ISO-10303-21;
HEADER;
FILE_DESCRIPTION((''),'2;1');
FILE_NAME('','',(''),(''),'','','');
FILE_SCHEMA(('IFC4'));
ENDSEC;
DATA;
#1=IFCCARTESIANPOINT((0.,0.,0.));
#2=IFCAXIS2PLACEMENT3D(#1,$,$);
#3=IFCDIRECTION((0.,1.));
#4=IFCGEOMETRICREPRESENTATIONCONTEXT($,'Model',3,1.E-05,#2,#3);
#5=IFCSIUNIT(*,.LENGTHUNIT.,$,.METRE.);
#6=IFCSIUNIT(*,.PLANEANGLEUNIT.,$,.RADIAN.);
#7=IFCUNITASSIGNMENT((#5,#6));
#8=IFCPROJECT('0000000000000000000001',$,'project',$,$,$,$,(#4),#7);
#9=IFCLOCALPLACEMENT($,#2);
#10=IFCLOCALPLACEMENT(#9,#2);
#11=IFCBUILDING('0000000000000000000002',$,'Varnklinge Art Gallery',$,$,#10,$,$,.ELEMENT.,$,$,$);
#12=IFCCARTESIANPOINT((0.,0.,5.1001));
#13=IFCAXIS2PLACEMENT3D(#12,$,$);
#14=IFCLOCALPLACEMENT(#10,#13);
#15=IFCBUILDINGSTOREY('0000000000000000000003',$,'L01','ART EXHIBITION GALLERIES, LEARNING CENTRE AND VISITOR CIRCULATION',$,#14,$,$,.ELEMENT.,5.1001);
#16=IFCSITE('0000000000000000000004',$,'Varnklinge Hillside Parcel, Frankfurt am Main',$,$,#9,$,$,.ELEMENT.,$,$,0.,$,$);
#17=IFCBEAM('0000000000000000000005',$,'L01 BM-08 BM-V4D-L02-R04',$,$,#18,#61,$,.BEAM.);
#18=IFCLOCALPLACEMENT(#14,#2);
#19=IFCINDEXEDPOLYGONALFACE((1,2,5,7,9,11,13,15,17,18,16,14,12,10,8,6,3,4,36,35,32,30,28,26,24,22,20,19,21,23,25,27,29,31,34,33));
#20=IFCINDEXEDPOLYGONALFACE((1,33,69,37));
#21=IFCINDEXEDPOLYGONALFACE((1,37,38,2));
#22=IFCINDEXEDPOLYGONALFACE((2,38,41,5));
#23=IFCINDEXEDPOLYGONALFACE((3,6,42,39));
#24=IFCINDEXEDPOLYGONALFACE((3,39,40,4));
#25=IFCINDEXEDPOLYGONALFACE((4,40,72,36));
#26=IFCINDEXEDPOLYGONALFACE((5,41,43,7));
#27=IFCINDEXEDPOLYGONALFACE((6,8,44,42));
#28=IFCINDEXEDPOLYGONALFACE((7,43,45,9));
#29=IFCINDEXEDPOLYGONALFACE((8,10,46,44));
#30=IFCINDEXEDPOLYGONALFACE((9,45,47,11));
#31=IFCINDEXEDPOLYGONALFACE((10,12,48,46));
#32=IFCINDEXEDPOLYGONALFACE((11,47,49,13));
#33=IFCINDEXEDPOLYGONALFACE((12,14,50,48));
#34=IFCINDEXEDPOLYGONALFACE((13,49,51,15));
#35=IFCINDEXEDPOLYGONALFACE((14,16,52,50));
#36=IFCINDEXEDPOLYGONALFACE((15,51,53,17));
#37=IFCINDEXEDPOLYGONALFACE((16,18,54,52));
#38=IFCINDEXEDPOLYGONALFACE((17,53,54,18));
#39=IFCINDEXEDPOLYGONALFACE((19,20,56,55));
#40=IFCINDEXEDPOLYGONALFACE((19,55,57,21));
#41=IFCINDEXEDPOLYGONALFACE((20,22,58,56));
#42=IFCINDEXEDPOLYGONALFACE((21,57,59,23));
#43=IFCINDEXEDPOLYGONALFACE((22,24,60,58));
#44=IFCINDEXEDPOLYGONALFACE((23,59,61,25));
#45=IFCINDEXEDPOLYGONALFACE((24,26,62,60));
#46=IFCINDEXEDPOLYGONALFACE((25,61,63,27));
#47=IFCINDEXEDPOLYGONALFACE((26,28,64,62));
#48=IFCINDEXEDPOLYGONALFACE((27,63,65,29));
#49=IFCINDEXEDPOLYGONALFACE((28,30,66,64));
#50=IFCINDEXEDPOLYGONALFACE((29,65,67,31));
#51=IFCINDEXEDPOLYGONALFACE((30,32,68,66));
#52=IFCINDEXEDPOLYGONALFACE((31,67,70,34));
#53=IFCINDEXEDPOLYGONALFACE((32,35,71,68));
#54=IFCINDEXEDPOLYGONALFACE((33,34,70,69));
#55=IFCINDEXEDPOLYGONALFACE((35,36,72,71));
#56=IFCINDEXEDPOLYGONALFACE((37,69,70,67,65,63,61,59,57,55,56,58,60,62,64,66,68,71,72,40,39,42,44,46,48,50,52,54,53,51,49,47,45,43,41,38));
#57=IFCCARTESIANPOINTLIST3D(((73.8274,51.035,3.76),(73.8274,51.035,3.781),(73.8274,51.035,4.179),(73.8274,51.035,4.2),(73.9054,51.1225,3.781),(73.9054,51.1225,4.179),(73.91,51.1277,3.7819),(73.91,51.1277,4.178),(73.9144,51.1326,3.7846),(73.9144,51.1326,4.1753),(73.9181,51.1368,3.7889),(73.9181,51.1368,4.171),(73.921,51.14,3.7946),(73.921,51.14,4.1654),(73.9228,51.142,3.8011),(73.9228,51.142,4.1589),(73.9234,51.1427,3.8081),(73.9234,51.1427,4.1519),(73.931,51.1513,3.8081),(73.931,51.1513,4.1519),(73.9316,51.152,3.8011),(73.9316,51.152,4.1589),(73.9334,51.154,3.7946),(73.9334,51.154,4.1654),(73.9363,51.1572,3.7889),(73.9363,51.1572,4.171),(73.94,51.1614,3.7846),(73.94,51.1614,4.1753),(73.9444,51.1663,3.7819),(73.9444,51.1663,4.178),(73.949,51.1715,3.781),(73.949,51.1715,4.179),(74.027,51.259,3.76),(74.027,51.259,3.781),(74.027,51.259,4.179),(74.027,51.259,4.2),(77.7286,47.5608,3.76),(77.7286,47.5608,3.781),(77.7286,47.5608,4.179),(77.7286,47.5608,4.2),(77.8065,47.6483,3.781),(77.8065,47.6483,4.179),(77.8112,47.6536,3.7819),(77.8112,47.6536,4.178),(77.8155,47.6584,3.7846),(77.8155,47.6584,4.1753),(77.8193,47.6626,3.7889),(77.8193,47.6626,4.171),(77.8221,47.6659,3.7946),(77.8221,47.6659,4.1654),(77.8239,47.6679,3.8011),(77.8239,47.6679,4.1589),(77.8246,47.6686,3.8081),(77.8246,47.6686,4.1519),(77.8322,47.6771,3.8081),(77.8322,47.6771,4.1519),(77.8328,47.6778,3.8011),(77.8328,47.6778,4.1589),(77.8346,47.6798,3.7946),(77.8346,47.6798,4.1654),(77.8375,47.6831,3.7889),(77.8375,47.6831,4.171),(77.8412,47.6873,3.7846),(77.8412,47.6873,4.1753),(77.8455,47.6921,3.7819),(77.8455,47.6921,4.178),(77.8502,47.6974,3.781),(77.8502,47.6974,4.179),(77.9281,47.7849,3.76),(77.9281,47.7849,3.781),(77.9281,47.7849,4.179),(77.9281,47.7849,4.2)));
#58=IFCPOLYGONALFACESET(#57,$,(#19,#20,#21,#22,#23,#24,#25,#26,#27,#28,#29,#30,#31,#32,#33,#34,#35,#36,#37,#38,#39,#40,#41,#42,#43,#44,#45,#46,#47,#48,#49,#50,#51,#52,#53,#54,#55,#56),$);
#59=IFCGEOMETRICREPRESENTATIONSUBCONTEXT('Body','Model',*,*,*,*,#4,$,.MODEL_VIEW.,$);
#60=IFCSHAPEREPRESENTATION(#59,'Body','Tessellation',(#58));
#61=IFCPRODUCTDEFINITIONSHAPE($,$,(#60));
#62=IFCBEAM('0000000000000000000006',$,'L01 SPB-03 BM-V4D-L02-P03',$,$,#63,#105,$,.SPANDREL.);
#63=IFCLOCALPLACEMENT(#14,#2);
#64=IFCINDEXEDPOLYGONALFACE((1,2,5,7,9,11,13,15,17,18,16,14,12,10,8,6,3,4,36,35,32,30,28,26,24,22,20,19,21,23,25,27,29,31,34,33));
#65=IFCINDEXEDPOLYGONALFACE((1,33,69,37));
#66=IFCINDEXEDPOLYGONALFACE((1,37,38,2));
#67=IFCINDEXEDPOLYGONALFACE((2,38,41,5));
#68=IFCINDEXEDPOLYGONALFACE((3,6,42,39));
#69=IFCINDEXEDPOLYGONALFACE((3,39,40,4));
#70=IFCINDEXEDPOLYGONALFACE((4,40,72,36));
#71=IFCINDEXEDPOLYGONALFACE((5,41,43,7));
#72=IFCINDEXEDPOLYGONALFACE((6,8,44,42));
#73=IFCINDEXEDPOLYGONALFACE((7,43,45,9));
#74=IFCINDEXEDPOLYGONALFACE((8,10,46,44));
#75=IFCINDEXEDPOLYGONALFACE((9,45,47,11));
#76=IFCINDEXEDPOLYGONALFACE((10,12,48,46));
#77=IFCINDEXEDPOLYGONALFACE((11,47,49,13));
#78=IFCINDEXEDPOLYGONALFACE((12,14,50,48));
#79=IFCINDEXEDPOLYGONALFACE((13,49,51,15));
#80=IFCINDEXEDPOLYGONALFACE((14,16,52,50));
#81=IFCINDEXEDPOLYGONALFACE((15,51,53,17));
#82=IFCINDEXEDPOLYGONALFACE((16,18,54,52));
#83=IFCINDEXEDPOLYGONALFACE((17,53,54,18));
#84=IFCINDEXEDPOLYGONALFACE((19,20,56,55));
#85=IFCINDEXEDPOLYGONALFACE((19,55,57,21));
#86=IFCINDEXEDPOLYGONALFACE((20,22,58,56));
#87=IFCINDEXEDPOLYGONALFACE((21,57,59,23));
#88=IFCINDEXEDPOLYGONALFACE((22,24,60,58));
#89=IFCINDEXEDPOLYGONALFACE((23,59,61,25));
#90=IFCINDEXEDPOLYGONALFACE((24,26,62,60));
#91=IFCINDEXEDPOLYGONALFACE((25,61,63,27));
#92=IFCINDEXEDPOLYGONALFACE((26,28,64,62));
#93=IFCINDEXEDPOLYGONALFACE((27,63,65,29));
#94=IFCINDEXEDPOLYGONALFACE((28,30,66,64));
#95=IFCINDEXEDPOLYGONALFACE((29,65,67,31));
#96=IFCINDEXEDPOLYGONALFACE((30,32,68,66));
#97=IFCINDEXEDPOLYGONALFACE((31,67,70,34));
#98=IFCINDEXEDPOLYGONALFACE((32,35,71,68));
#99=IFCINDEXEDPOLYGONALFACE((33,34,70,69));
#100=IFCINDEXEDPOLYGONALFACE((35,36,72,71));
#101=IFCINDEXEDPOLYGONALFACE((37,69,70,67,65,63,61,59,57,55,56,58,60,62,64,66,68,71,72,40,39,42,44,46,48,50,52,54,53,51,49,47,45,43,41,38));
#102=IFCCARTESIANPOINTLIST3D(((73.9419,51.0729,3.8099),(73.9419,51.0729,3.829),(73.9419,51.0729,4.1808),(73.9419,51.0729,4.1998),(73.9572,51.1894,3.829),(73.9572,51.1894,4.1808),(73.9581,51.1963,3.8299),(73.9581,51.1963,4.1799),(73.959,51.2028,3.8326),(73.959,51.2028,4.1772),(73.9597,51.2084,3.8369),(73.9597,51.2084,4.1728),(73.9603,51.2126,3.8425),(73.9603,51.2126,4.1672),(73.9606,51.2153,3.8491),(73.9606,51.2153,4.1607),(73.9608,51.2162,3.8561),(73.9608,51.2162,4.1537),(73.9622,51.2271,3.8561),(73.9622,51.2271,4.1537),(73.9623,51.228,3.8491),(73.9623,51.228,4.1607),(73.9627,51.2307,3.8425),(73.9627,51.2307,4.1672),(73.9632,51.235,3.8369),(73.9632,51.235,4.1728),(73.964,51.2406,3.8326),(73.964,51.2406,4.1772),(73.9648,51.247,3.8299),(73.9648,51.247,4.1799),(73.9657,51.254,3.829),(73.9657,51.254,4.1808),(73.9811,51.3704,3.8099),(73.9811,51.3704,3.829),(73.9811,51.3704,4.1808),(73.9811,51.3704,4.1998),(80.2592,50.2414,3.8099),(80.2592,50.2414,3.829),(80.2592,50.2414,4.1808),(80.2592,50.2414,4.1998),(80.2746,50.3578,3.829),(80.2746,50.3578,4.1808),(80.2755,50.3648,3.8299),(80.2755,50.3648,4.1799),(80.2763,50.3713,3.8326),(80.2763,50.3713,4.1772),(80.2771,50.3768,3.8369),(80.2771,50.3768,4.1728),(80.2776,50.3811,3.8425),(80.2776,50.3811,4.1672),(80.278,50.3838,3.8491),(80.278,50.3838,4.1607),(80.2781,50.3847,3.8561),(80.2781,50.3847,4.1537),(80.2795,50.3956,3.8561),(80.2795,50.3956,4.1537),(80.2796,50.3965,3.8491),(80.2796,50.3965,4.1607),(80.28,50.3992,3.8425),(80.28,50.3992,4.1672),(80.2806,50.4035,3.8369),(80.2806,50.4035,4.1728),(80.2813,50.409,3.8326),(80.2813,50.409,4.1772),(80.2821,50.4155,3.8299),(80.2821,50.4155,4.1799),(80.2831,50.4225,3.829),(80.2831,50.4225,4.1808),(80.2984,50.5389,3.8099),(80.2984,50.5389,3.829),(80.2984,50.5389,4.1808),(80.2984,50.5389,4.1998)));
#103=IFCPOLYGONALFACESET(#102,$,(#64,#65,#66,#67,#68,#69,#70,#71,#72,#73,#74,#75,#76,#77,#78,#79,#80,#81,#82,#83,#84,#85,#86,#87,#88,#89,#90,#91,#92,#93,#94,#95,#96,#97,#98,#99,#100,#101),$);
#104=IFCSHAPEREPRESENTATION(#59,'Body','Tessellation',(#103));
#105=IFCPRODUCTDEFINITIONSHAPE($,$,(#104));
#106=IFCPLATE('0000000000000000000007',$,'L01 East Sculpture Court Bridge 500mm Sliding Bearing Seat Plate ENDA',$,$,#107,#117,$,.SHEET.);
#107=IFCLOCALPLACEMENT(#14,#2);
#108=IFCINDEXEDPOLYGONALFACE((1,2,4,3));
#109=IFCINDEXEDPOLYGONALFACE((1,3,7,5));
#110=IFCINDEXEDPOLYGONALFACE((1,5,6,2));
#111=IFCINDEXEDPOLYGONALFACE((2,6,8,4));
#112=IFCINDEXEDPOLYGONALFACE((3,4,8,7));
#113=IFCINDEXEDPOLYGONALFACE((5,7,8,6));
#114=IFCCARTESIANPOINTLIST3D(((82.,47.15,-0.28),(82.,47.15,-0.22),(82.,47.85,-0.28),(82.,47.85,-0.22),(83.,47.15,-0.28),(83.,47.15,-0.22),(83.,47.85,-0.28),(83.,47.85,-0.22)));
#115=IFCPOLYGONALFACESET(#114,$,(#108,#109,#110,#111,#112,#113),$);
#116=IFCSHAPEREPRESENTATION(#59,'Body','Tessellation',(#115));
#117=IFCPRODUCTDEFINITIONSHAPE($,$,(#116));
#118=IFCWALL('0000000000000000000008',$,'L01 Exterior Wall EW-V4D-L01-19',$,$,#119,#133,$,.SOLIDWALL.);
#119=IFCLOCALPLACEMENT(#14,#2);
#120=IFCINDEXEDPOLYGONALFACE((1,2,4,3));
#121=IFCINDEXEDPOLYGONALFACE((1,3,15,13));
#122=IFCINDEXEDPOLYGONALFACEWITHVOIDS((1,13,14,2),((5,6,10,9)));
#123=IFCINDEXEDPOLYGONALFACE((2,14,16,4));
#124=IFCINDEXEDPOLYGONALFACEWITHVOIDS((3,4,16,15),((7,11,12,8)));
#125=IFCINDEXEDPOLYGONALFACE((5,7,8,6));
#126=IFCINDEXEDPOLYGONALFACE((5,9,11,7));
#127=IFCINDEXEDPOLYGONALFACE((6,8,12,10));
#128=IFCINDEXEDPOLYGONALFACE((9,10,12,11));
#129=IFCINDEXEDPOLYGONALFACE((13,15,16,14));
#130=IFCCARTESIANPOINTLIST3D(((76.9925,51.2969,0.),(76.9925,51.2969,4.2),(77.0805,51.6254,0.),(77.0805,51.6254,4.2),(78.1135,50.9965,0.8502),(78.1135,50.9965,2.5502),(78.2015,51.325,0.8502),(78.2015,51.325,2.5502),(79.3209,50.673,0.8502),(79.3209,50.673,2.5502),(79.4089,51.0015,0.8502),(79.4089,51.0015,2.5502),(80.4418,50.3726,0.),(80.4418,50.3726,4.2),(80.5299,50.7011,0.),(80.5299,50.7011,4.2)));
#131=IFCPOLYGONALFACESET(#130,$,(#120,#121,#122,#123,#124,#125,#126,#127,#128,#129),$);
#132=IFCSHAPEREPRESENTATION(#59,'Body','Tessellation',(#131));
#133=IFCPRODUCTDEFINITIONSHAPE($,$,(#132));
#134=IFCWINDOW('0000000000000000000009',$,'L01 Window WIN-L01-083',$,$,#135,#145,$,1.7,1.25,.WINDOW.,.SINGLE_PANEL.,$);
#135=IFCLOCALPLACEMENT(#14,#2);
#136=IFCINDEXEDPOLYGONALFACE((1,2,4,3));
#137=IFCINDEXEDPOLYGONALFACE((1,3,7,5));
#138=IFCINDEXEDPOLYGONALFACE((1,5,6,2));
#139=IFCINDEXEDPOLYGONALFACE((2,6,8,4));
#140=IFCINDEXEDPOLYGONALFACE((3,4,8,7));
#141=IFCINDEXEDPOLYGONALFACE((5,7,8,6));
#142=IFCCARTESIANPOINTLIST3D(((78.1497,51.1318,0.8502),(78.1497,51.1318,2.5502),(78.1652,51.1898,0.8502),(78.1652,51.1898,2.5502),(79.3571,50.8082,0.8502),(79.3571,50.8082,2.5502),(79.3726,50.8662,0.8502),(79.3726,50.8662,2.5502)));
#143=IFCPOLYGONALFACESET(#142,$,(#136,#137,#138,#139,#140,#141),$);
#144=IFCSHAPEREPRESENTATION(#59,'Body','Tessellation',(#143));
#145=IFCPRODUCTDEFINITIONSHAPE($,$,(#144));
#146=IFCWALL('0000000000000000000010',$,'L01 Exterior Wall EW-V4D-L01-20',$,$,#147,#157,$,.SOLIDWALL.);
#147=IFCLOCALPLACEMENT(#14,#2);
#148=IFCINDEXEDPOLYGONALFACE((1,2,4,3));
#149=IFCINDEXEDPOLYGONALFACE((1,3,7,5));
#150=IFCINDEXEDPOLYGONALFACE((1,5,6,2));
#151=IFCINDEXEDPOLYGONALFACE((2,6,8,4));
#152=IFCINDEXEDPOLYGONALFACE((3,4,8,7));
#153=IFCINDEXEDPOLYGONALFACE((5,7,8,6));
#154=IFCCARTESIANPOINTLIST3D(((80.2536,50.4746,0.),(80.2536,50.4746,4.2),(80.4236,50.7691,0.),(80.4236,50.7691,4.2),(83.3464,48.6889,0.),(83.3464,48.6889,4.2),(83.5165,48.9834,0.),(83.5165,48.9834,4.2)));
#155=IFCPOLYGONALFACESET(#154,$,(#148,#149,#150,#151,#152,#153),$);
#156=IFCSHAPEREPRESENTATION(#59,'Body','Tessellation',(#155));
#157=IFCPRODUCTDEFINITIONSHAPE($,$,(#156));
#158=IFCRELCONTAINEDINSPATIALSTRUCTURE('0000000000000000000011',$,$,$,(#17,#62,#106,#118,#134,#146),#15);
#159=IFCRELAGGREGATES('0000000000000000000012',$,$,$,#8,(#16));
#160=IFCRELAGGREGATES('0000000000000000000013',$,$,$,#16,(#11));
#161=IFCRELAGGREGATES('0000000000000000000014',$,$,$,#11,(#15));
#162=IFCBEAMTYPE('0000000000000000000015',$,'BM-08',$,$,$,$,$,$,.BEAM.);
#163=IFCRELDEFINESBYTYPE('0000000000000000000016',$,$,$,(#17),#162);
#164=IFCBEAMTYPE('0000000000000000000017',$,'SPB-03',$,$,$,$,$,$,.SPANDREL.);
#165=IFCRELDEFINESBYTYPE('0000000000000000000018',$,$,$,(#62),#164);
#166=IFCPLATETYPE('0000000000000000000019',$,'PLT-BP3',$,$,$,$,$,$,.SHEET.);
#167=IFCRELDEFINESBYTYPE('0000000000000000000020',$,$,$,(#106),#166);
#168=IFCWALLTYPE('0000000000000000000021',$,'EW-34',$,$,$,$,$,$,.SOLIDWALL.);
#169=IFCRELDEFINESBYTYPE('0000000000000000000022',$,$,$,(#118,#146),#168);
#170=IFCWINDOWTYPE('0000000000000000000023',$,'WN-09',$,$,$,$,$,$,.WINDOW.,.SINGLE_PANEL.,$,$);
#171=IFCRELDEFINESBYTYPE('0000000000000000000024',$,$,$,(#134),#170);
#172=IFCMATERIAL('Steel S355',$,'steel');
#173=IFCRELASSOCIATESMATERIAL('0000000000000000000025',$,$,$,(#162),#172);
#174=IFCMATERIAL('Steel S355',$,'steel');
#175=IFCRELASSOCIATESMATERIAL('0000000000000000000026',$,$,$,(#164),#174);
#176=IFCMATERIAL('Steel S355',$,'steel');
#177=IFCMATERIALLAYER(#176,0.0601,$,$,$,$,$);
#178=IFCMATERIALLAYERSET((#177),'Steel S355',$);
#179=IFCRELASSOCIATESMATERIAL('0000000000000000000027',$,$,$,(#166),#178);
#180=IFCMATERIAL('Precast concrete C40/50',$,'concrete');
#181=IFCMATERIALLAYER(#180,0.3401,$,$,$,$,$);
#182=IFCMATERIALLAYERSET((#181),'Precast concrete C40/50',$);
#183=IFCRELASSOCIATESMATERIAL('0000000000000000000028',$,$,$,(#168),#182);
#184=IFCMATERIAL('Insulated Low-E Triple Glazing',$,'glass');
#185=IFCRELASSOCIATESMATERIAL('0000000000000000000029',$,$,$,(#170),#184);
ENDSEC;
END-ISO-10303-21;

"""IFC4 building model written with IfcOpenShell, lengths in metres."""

from ifc_helpers import new_model, si_unit, direction, frame, frame_2d, origin, origin_2d, place, context, subcontext, project, spatial, rectangle, i_section, extrude, material, layer, layer_set, material_profile, profile_set, type_object, element, fill, save


model = new_model("IFC4")

# Units and contexts
model_context = context("Model", 3, precision=1e-05, world=origin(), true_north=direction((0.0, 1.0)))
body_context = subcontext(model_context, "Body", "Model", "MODEL_VIEW")
ifc_project = project(units=[si_unit("LENGTHUNIT", "METRE"), si_unit("PLANEANGLEUNIT", "RADIAN")], contexts=[model_context])

# Site, building, storey
site_placement = place(None, origin())
site = spatial("IfcSite", under=ifc_project, at=site_placement, Name="Varnklinge Hillside Parcel, Frankfurt am Main", CompositionType="ELEMENT", RefElevation=0.0)
building_placement = place(site_placement, origin())
building = spatial("IfcBuilding", under=site, at=building_placement, Name="Varnklinge Art Gallery", CompositionType="ELEMENT")
storey_placement = place(building_placement, frame((0.0, 0.0, 5.1001)))
storey = spatial("IfcBuildingStorey", under=building, at=storey_placement, Name="L01", Description="ART EXHIBITION GALLERIES, LEARNING CENTRE AND VISITOR CIRCULATION", CompositionType="ELEMENT", Elevation=5.1001)

# Beams
ifc_material_1 = material(Name="Steel S355", Category="steel")
ifc_material_profile_1 = material_profile(ifc_material_1, i_section(OverallWidth=0.3, OverallDepth=0.4399, WebThickness=0.0115, FlangeThickness=0.021, FilletRadius=0.0271, at=origin_2d()), Name="HEA 450")
ifc_profile_set_1 = profile_set([ifc_material_profile_1], Name="Steel S355")
beam_type_1 = type_object("IfcBeamType", Name="BM-08", PredefinedType="BEAM", material=ifc_profile_set_1)
beam_1_placement = place(storey_placement, frame((77.8284, 47.6729, 3.98), z_axis=(-0.746795, 0.665054, 0.0), x_axis=(-0.665054, -0.746795, 0.0)))
element("IfcBeam", 1, at=beam_1_placement, inside=storey, type_object=beam_type_1, Name="L01 BM-08 BM-V4D-L02-R04", PredefinedType="BEAM", context=body_context, shape_type="SweptSolid", body=[
    extrude(i_section(OverallWidth=0.3, OverallDepth=0.4399, WebThickness=0.0115, FlangeThickness=0.021, FilletRadius=0.0271, at=origin_2d()), origin(), (0.0, 0.0, 1.0), 5.2239),
])
ifc_material_2 = material(Name="Steel S355", Category="steel")
ifc_material_profile_2 = material_profile(ifc_material_2, i_section(OverallWidth=0.3, OverallDepth=0.3899, WebThickness=0.011, FlangeThickness=0.019, FilletRadius=0.0271, at=origin_2d()), Name="HEA 400")
ifc_profile_set_2 = profile_set([ifc_material_profile_2], Name="Steel S355")
beam_type_2 = type_object("IfcBeamType", Name="SPB-03", PredefinedType="SPANDREL", material=ifc_profile_set_2)
beam_2_placement = place(storey_placement, frame((80.2788, 50.3901, 4.0049), z_axis=(-0.991448, 0.130502, 0.0), x_axis=(-0.130502, -0.991448, 0.0)))
element("IfcBeam", 2, at=beam_2_placement, inside=storey, type_object=beam_type_2, Name="L01 SPB-03 BM-V4D-L02-P03", PredefinedType="SPANDREL", context=body_context, shape_type="SweptSolid", body=[
    extrude(i_section(OverallWidth=0.3, OverallDepth=0.3899, WebThickness=0.011, FlangeThickness=0.019, FilletRadius=0.0271, at=origin_2d()), origin(), (0.0, 0.0, 1.0), 6.3718),
])

# Plate
ifc_material_3 = material(Name="Steel S355", Category="steel")
ifc_layer_1 = layer(ifc_material_3, 0.0601)
ifc_layer_set_1 = layer_set([ifc_layer_1], Name="Steel S355")
plate_type = type_object("IfcPlateType", Name="PLT-BP3", PredefinedType="SHEET", material=ifc_layer_set_1)
plate_placement = place(storey_placement, frame((82.5, 47.5, -0.28), z_axis=(0.0, 0.0, 1.0), x_axis=(1.0, 0.0, 0.0)))
element("IfcPlate", 3, at=plate_placement, inside=storey, type_object=plate_type, Name="L01 East Sculpture Court Bridge 500mm Sliding Bearing Seat Plate ENDA", PredefinedType="SHEET", context=body_context, shape_type="SweptSolid", body=[
    extrude(rectangle(XDim=1.0, YDim=0.7, at=origin_2d()), origin(), (0.0, 0.0, 1.0), 0.0601),
])

# Wall, opening, window
ifc_material_4 = material(Name="Precast concrete C40/50", Category="concrete")
ifc_layer_2 = layer(ifc_material_4, 0.3401)
ifc_layer_set_2 = layer_set([ifc_layer_2], Name="Precast concrete C40/50")
wall_type_1 = type_object("IfcWallType", Name="EW-34", PredefinedType="SOLIDWALL", material=ifc_layer_set_2)
wall_1_placement = place(storey_placement, frame((77.0364, 51.4612, 0.0), z_axis=(0.0, 0.0, 1.0), x_axis=(0.965923, -0.258828, 0.0)))
wall_1 = element("IfcWall", 4, at=wall_1_placement, inside=storey, type_object=wall_type_1, Name="L01 Exterior Wall EW-V4D-L01-19", PredefinedType="SOLIDWALL", context=body_context, shape_type="SweptSolid", body=[
    extrude(rectangle(XDim=3.571, YDim=0.3401, at=frame_2d((1.7856, 0.0))), origin(), (0.0, 0.0, 1.0), 4.2),
])
opening_1_placement = place(wall_1_placement, frame((1.1606, 0.0, 0.8501)))
opening_1 = element("IfcOpeningElement", 5, at=opening_1_placement, cuts=wall_1, PredefinedType="OPENING", context=body_context, shape_type="SweptSolid", body=[
    extrude(rectangle(XDim=1.25, YDim=1.7, at=frame_2d((0.625, 0.8501))), frame((0.0, 0.1799, 0.0), z_axis=(0.0, -1.0, 0.0), x_axis=(1.0, 0.0, 0.0)), (0.0, 0.0, 1.0), 0.3601),
])
ifc_material_5 = material(Name="Insulated Low-E Triple Glazing", Category="glass")
window_type = type_object("IfcWindowType", Name="WN-09", PartitioningType="SINGLE_PANEL", PredefinedType="WINDOW", material=ifc_material_5)
window_1_placement = place(opening_1_placement, origin())
window_1 = element("IfcWindow", 6, at=window_1_placement, inside=storey, type_object=window_type, Name="L01 Window WIN-L01-083", OverallHeight=1.7, OverallWidth=1.25, PartitioningType="SINGLE_PANEL", PredefinedType="WINDOW", context=body_context, shape_type="SweptSolid", body=[
    extrude(rectangle(XDim=1.25, YDim=1.7, at=frame_2d((0.625, 0.8501))), frame((0.0, 0.03, 0.0), z_axis=(0.0, -1.0, 0.0), x_axis=(1.0, 0.0, 0.0)), (0.0, 0.0, 1.0), 0.0601),
])
fill(opening_1, window_1)

# Wall
wall_2_placement = place(storey_placement, frame((80.3386, 50.6218, 0.0), z_axis=(0.0, 0.0, 1.0), x_axis=(0.866022, -0.500007, 0.0)))
element("IfcWall", 7, at=wall_2_placement, inside=storey, type_object=wall_type_1, Name="L01 Exterior Wall EW-V4D-L01-20", PredefinedType="SOLIDWALL", context=body_context, shape_type="SweptSolid", body=[
    extrude(rectangle(XDim=3.5713, YDim=0.3401, at=frame_2d((1.7856, 0.0))), origin(), (0.0, 0.0, 1.0), 4.2),
])

save(model, "model.ifc")
